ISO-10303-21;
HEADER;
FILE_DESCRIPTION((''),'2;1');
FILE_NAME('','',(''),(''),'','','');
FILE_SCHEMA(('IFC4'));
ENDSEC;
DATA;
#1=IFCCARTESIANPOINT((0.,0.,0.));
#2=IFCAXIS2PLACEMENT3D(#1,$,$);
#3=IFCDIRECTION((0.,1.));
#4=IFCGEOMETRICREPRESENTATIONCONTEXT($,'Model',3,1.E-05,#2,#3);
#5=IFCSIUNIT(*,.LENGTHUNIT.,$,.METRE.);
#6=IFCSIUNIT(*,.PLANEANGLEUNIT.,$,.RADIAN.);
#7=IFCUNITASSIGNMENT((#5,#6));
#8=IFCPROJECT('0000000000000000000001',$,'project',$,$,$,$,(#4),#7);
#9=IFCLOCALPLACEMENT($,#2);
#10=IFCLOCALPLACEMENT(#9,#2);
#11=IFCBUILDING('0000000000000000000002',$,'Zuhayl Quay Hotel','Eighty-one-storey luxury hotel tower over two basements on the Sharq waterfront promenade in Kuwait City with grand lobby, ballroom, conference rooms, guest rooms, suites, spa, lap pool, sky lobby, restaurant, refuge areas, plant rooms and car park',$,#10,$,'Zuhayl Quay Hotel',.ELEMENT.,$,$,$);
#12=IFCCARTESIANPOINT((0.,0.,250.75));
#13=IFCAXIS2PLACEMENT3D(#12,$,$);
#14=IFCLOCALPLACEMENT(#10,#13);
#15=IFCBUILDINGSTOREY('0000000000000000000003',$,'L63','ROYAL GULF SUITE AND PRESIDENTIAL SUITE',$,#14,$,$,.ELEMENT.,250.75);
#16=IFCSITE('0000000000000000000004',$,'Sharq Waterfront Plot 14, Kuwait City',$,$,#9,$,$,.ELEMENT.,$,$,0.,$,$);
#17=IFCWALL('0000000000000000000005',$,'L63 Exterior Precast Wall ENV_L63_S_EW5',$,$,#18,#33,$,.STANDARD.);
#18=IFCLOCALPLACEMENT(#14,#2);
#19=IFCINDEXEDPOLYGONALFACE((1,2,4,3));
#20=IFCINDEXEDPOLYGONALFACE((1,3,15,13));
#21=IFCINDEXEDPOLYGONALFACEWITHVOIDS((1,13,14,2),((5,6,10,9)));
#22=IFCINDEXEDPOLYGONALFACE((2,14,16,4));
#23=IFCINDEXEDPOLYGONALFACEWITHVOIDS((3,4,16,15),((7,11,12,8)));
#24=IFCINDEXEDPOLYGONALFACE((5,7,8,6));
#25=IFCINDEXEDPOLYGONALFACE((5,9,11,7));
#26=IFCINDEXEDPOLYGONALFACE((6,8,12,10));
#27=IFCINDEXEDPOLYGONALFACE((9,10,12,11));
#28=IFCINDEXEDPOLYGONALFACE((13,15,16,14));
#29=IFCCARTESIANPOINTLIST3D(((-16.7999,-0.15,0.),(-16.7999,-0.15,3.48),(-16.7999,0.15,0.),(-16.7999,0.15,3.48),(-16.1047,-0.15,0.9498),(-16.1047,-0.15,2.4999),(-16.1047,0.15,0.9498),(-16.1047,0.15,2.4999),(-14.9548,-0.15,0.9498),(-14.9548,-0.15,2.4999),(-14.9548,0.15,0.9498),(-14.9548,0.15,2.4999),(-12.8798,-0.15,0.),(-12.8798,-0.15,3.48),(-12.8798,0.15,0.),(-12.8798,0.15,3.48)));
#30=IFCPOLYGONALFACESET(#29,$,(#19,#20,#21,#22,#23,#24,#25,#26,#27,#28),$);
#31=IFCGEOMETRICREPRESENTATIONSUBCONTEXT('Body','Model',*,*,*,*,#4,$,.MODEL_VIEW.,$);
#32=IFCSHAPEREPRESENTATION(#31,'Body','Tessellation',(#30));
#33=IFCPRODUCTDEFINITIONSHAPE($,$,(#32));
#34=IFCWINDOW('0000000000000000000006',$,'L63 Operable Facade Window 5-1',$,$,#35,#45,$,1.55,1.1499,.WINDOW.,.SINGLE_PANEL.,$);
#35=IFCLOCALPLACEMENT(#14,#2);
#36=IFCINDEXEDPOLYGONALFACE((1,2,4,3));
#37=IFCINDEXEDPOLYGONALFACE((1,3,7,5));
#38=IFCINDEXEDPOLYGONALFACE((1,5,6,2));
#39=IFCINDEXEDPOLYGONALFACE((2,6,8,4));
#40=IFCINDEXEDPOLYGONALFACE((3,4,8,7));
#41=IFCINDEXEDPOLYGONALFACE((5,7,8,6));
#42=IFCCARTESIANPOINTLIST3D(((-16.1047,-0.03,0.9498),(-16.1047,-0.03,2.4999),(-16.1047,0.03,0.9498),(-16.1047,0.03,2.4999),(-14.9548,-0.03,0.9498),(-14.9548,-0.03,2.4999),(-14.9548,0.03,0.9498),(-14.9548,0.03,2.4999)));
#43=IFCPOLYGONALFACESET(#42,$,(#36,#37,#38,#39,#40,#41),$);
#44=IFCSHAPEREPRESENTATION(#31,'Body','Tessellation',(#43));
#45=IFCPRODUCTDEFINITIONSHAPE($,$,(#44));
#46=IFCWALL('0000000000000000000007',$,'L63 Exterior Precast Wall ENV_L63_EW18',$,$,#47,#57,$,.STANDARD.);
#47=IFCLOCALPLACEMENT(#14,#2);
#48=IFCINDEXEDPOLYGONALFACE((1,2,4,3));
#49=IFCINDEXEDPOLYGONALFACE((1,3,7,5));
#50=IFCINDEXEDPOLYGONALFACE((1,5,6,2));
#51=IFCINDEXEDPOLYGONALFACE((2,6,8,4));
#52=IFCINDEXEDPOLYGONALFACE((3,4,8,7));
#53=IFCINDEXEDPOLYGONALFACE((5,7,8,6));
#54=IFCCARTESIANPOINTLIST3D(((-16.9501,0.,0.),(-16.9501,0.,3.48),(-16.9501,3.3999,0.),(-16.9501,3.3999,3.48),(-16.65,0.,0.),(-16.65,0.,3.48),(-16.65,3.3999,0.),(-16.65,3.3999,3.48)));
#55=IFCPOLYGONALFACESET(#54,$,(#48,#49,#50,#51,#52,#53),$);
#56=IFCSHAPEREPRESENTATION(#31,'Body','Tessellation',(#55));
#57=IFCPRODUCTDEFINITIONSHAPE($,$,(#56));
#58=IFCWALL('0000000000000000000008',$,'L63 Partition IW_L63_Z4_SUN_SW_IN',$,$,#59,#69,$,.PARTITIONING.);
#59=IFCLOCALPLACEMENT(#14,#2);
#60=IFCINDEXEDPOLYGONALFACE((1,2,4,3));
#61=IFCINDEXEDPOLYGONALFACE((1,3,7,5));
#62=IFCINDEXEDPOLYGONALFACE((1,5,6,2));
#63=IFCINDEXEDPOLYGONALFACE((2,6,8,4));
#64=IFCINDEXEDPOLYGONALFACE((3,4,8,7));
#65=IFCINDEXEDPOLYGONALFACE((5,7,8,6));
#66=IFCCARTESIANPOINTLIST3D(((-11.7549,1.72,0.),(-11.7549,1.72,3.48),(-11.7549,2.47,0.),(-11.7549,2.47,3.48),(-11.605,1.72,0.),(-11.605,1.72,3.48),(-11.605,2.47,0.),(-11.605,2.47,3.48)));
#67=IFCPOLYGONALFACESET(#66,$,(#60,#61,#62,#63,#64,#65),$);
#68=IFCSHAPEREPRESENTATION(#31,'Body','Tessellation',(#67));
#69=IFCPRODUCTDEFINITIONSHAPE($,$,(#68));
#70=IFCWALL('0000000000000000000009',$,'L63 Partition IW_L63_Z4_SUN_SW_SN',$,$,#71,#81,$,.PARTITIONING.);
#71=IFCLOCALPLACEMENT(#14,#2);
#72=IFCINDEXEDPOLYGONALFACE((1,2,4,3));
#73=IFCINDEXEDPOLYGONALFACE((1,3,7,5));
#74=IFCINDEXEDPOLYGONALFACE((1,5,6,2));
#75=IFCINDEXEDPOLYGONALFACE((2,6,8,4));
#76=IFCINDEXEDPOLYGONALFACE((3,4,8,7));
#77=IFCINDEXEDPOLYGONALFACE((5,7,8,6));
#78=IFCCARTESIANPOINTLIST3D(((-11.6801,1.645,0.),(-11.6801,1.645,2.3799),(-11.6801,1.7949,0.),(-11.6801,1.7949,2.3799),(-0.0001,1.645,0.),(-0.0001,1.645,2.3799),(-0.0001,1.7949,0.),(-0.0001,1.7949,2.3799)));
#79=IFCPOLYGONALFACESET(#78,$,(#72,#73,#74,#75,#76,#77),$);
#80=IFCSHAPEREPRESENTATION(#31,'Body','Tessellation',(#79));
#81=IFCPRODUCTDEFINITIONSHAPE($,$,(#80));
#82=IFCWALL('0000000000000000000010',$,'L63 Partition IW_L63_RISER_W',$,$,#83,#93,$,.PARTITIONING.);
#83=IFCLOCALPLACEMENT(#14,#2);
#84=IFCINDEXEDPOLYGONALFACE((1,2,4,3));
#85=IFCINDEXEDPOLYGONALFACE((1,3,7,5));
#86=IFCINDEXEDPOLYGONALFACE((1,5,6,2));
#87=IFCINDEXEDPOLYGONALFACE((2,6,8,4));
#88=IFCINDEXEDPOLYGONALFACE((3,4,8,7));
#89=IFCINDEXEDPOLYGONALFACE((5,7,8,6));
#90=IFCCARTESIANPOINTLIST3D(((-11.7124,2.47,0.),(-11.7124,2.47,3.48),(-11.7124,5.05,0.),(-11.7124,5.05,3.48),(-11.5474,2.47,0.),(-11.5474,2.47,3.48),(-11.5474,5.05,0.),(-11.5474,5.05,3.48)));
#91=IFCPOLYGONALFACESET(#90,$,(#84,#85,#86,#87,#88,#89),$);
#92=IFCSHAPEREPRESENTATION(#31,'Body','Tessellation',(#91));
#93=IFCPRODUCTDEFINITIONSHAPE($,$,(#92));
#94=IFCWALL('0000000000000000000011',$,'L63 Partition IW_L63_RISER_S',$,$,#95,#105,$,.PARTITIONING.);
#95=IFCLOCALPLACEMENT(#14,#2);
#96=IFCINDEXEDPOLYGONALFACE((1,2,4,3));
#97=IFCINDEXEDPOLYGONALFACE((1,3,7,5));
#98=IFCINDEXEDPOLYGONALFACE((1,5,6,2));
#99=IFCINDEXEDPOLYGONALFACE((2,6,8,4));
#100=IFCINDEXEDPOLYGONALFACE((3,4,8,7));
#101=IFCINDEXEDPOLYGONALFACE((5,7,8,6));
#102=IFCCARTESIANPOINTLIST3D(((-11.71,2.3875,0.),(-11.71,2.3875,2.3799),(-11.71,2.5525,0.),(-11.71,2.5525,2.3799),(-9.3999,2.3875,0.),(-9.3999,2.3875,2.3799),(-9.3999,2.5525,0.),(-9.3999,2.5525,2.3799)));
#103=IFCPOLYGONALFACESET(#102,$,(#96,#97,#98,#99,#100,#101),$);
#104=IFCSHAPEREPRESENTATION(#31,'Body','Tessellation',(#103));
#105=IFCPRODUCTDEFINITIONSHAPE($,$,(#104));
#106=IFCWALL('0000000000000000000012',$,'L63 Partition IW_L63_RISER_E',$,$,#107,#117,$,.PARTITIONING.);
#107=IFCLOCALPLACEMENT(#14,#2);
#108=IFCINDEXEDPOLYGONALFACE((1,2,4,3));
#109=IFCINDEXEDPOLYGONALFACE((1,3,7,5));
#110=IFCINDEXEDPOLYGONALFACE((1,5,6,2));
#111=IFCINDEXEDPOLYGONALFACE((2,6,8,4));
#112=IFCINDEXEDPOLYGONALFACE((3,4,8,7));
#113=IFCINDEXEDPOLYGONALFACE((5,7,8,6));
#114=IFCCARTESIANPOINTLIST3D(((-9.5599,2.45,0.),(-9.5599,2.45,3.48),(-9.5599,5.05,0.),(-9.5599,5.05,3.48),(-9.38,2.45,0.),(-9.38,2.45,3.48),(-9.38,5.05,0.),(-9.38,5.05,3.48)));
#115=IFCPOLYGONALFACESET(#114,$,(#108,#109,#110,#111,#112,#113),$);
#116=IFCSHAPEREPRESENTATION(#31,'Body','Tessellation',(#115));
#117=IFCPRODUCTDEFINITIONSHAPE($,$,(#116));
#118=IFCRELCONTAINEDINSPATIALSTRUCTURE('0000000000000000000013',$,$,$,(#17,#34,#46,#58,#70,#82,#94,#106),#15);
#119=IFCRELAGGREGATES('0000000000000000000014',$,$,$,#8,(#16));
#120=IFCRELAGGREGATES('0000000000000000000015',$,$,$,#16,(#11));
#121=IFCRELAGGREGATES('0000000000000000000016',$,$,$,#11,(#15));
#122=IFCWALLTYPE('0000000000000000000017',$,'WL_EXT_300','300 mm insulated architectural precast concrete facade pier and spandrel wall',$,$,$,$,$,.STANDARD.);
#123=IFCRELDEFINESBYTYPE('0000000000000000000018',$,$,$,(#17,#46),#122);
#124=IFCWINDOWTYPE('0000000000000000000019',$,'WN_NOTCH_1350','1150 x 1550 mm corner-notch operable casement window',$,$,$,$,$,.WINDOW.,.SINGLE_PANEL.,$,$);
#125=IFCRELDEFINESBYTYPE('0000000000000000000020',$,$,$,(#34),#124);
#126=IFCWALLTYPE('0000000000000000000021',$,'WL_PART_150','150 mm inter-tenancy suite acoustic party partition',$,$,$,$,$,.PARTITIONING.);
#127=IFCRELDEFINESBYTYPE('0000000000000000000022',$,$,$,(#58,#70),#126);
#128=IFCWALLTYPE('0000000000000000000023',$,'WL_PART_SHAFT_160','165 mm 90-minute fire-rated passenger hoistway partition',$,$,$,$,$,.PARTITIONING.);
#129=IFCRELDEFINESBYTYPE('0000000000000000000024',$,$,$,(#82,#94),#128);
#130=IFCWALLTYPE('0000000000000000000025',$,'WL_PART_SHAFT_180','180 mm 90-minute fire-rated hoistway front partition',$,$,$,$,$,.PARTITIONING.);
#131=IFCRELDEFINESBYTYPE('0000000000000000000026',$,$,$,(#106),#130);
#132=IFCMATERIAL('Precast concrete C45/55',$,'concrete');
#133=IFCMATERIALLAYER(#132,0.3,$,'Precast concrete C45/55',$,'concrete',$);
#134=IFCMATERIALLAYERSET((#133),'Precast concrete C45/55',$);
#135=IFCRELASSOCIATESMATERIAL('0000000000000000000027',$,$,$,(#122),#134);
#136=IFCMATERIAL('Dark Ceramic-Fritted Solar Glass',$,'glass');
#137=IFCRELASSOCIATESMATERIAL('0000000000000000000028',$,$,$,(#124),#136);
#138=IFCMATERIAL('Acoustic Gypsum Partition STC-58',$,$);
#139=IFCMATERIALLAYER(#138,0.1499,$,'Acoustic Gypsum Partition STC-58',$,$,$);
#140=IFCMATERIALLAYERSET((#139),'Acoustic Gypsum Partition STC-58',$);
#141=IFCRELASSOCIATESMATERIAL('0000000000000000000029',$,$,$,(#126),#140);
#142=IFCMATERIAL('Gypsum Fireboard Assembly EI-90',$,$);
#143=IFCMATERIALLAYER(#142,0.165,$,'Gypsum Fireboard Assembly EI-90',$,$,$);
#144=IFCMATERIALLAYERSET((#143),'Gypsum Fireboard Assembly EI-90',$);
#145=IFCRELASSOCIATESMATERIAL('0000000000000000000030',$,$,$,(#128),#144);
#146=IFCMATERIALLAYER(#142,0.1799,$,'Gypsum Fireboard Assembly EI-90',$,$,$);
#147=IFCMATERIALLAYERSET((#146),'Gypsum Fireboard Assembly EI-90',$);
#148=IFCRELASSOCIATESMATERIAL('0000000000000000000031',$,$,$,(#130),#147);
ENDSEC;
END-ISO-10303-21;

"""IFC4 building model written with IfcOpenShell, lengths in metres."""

from ifc_helpers import new_model, si_unit, direction, frame, frame_2d, origin, place, context, subcontext, project, spatial, rectangle, extrude, material, layer, layer_set, type_object, element, fill, save


model = new_model("IFC4")

# Units and contexts
model_context = context("Model", 3, precision=1e-05, world=origin(), true_north=direction((0.0, 1.0)))
body_context = subcontext(model_context, "Body", "Model", "MODEL_VIEW")
ifc_project = project(units=[si_unit("LENGTHUNIT", "METRE"), si_unit("PLANEANGLEUNIT", "RADIAN")], contexts=[model_context])

# Site, building, storey
site_placement = place(None, origin())
site = spatial("IfcSite", under=ifc_project, at=site_placement, Name="Sharq Waterfront Plot 14, Kuwait City", CompositionType="ELEMENT", RefElevation=0.0)
building_placement = place(site_placement, origin())
building = spatial("IfcBuilding", under=site, at=building_placement, Name="Zuhayl Quay Hotel", Description="Eighty-one-storey luxury hotel tower over two basements on the Sharq waterfront promenade in Kuwait City with grand lobby, ballroom, conference rooms, guest rooms, suites, spa, lap pool, sky lobby, restaurant, refuge areas, plant rooms and car park", LongName="Zuhayl Quay Hotel", CompositionType="ELEMENT")
storey_placement = place(building_placement, frame((0.0, 0.0, 250.75)))
storey = spatial("IfcBuildingStorey", under=building, at=storey_placement, Name="L63", Description="ROYAL GULF SUITE AND PRESIDENTIAL SUITE", CompositionType="ELEMENT", Elevation=250.75)

# Shared definitions
ifc_material_1 = material(Name="Dark Ceramic-Fritted Solar Glass", Category="glass")

# Shared definitions
ifc_material_2 = material(Name="Precast concrete C45/55", Category="concrete")
ifc_layer_1 = layer(ifc_material_2, 0.3, Name="Precast concrete C45/55", Category="concrete")
ifc_layer_set_1 = layer_set([ifc_layer_1], Name="Precast concrete C45/55")
wall_type_1 = type_object("IfcWallType", Name="WL_EXT_300", Description="300 mm insulated architectural precast concrete facade pier and spandrel wall", PredefinedType="STANDARD", material=ifc_layer_set_1)

# Wall, opening, window
wall_1_placement = place(storey_placement, frame((-12.8799, 0.0, 0.0), z_axis=(0.0, 0.0, 1.0), x_axis=(-1.0, 0.0, 0.0)))
wall_1 = element("IfcWall", 1, at=wall_1_placement, inside=storey, type_object=wall_type_1, Name="L63 Exterior Precast Wall ENV_L63_S_EW5", PredefinedType="STANDARD", context=body_context, shape_type="SweptSolid", body=[
    extrude(rectangle(XDim=3.9202, YDim=0.3, at=frame_2d((1.96, 0.0))), origin(), (0.0, 0.0, 1.0), 3.48),
])
opening_1_placement = place(wall_1_placement, frame((2.075, 0.0, 0.95)))
opening_1 = element("IfcOpeningElement", 2, at=opening_1_placement, cuts=wall_1, PredefinedType="OPENING", context=body_context, shape_type="SweptSolid", body=[
    extrude(rectangle(XDim=1.1499, YDim=1.55, at=frame_2d((0.575, 0.7749))), frame((0.0, 0.1599, 0.0), z_axis=(0.0, -1.0, 0.0), x_axis=(1.0, 0.0, 0.0)), (0.0, 0.0, 1.0), 0.3201),
])
window_type = type_object("IfcWindowType", Name="WN_NOTCH_1350", Description="1150 x 1550 mm corner-notch operable casement window", PartitioningType="SINGLE_PANEL", PredefinedType="WINDOW", material=ifc_material_1)
window_placement = place(opening_1_placement, origin())
window = element("IfcWindow", 3, at=window_placement, inside=storey, type_object=window_type, Name="L63 Operable Facade Window 5-1", OverallHeight=1.55, OverallWidth=1.1499, PartitioningType="SINGLE_PANEL", PredefinedType="WINDOW", context=body_context, shape_type="SweptSolid", body=[
    extrude(rectangle(XDim=1.1499, YDim=1.55, at=frame_2d((0.575, 0.7749))), frame((0.0, 0.03, 0.0), z_axis=(0.0, -1.0, 0.0), x_axis=(1.0, 0.0, 0.0)), (0.0, 0.0, 1.0), 0.0601),
])
fill(opening_1, window)

# Walls
wall_2_placement = place(storey_placement, frame((-16.8, 0.0, 0.0), z_axis=(0.0, 0.0, 1.0), x_axis=(0.0, 1.0, 0.0)))
element("IfcWall", 4, at=wall_2_placement, inside=storey, type_object=wall_type_1, Name="L63 Exterior Precast Wall ENV_L63_EW18", PredefinedType="STANDARD", context=body_context, shape_type="SweptSolid", body=[
    extrude(rectangle(XDim=3.3999, YDim=0.3, at=frame_2d((1.7, 0.0))), origin(), (0.0, 0.0, 1.0), 3.48),
])
ifc_material_3 = material(Name="Acoustic Gypsum Partition STC-58")
ifc_layer_2 = layer(ifc_material_3, 0.1499, Name="Acoustic Gypsum Partition STC-58")
ifc_layer_set_2 = layer_set([ifc_layer_2], Name="Acoustic Gypsum Partition STC-58")
wall_type_2 = type_object("IfcWallType", Name="WL_PART_150", Description="150 mm inter-tenancy suite acoustic party partition", PredefinedType="PARTITIONING", material=ifc_layer_set_2)
wall_3_placement = place(storey_placement, frame((-11.6799, 1.72, 0.0), z_axis=(0.0, 0.0, 1.0), x_axis=(0.0, 1.0, 0.0)))
element("IfcWall", 5, at=wall_3_placement, inside=storey, type_object=wall_type_2, Name="L63 Partition IW_L63_Z4_SUN_SW_IN", PredefinedType="PARTITIONING", context=body_context, shape_type="SweptSolid", body=[
    extrude(rectangle(XDim=0.75, YDim=0.1499, at=frame_2d((0.375, 0.0))), origin(), (0.0, 0.0, 1.0), 3.48),
])
wall_4_placement = place(storey_placement, frame((-11.6799, 1.72, 0.0), z_axis=(0.0, 0.0, 1.0), x_axis=(1.0, 0.0, 0.0)))
element("IfcWall", 6, at=wall_4_placement, inside=storey, type_object=wall_type_2, Name="L63 Partition IW_L63_Z4_SUN_SW_SN", PredefinedType="PARTITIONING", context=body_context, shape_type="SweptSolid", body=[
    extrude(rectangle(XDim=11.6799, YDim=0.1499, at=frame_2d((5.8398, 0.0))), origin(), (0.0, 0.0, 1.0), 2.3799),
])

# Walls
ifc_material_4 = material(Name="Gypsum Fireboard Assembly EI-90")
ifc_layer_3 = layer(ifc_material_4, 0.165, Name="Gypsum Fireboard Assembly EI-90")
ifc_layer_set_3 = layer_set([ifc_layer_3], Name="Gypsum Fireboard Assembly EI-90")
wall_type_3 = type_object("IfcWallType", Name="WL_PART_SHAFT_160", Description="165 mm 90-minute fire-rated passenger hoistway partition", PredefinedType="PARTITIONING", material=ifc_layer_set_3)
wall_5_placement = place(storey_placement, frame((-11.6299, 2.47, 0.0), z_axis=(0.0, 0.0, 1.0), x_axis=(0.0, 1.0, 0.0)))
element("IfcWall", 7, at=wall_5_placement, inside=storey, type_object=wall_type_3, Name="L63 Partition IW_L63_RISER_W", PredefinedType="PARTITIONING", context=body_context, shape_type="SweptSolid", body=[
    extrude(rectangle(XDim=2.5801, YDim=0.165, at=frame_2d((1.29, 0.0))), origin(), (0.0, 0.0, 1.0), 3.48),
])
wall_6_placement = place(storey_placement, frame((-11.71, 2.47, 0.0), z_axis=(0.0, 0.0, 1.0), x_axis=(1.0, 0.0, 0.0)))
element("IfcWall", 8, at=wall_6_placement, inside=storey, type_object=wall_type_3, Name="L63 Partition IW_L63_RISER_S", PredefinedType="PARTITIONING", context=body_context, shape_type="SweptSolid", body=[
    extrude(rectangle(XDim=2.3101, YDim=0.165, at=frame_2d((1.155, 0.0))), origin(), (0.0, 0.0, 1.0), 2.3799),
])
ifc_layer_4 = layer(ifc_material_4, 0.1799, Name="Gypsum Fireboard Assembly EI-90")
ifc_layer_set_4 = layer_set([ifc_layer_4], Name="Gypsum Fireboard Assembly EI-90")
wall_type_4 = type_object("IfcWallType", Name="WL_PART_SHAFT_180", Description="180 mm 90-minute fire-rated hoistway front partition", PredefinedType="PARTITIONING", material=ifc_layer_set_4)
wall_7_placement = place(storey_placement, frame((-9.47, 2.45, 0.0), z_axis=(0.0, 0.0, 1.0), x_axis=(0.0, 1.0, 0.0)))
element("IfcWall", 9, at=wall_7_placement, inside=storey, type_object=wall_type_4, Name="L63 Partition IW_L63_RISER_E", PredefinedType="PARTITIONING", context=body_context, shape_type="SweptSolid", body=[
    extrude(rectangle(XDim=2.6001, YDim=0.1799, at=frame_2d((1.3, 0.0))), origin(), (0.0, 0.0, 1.0), 3.48),
])

save(model, "model.ifc")
